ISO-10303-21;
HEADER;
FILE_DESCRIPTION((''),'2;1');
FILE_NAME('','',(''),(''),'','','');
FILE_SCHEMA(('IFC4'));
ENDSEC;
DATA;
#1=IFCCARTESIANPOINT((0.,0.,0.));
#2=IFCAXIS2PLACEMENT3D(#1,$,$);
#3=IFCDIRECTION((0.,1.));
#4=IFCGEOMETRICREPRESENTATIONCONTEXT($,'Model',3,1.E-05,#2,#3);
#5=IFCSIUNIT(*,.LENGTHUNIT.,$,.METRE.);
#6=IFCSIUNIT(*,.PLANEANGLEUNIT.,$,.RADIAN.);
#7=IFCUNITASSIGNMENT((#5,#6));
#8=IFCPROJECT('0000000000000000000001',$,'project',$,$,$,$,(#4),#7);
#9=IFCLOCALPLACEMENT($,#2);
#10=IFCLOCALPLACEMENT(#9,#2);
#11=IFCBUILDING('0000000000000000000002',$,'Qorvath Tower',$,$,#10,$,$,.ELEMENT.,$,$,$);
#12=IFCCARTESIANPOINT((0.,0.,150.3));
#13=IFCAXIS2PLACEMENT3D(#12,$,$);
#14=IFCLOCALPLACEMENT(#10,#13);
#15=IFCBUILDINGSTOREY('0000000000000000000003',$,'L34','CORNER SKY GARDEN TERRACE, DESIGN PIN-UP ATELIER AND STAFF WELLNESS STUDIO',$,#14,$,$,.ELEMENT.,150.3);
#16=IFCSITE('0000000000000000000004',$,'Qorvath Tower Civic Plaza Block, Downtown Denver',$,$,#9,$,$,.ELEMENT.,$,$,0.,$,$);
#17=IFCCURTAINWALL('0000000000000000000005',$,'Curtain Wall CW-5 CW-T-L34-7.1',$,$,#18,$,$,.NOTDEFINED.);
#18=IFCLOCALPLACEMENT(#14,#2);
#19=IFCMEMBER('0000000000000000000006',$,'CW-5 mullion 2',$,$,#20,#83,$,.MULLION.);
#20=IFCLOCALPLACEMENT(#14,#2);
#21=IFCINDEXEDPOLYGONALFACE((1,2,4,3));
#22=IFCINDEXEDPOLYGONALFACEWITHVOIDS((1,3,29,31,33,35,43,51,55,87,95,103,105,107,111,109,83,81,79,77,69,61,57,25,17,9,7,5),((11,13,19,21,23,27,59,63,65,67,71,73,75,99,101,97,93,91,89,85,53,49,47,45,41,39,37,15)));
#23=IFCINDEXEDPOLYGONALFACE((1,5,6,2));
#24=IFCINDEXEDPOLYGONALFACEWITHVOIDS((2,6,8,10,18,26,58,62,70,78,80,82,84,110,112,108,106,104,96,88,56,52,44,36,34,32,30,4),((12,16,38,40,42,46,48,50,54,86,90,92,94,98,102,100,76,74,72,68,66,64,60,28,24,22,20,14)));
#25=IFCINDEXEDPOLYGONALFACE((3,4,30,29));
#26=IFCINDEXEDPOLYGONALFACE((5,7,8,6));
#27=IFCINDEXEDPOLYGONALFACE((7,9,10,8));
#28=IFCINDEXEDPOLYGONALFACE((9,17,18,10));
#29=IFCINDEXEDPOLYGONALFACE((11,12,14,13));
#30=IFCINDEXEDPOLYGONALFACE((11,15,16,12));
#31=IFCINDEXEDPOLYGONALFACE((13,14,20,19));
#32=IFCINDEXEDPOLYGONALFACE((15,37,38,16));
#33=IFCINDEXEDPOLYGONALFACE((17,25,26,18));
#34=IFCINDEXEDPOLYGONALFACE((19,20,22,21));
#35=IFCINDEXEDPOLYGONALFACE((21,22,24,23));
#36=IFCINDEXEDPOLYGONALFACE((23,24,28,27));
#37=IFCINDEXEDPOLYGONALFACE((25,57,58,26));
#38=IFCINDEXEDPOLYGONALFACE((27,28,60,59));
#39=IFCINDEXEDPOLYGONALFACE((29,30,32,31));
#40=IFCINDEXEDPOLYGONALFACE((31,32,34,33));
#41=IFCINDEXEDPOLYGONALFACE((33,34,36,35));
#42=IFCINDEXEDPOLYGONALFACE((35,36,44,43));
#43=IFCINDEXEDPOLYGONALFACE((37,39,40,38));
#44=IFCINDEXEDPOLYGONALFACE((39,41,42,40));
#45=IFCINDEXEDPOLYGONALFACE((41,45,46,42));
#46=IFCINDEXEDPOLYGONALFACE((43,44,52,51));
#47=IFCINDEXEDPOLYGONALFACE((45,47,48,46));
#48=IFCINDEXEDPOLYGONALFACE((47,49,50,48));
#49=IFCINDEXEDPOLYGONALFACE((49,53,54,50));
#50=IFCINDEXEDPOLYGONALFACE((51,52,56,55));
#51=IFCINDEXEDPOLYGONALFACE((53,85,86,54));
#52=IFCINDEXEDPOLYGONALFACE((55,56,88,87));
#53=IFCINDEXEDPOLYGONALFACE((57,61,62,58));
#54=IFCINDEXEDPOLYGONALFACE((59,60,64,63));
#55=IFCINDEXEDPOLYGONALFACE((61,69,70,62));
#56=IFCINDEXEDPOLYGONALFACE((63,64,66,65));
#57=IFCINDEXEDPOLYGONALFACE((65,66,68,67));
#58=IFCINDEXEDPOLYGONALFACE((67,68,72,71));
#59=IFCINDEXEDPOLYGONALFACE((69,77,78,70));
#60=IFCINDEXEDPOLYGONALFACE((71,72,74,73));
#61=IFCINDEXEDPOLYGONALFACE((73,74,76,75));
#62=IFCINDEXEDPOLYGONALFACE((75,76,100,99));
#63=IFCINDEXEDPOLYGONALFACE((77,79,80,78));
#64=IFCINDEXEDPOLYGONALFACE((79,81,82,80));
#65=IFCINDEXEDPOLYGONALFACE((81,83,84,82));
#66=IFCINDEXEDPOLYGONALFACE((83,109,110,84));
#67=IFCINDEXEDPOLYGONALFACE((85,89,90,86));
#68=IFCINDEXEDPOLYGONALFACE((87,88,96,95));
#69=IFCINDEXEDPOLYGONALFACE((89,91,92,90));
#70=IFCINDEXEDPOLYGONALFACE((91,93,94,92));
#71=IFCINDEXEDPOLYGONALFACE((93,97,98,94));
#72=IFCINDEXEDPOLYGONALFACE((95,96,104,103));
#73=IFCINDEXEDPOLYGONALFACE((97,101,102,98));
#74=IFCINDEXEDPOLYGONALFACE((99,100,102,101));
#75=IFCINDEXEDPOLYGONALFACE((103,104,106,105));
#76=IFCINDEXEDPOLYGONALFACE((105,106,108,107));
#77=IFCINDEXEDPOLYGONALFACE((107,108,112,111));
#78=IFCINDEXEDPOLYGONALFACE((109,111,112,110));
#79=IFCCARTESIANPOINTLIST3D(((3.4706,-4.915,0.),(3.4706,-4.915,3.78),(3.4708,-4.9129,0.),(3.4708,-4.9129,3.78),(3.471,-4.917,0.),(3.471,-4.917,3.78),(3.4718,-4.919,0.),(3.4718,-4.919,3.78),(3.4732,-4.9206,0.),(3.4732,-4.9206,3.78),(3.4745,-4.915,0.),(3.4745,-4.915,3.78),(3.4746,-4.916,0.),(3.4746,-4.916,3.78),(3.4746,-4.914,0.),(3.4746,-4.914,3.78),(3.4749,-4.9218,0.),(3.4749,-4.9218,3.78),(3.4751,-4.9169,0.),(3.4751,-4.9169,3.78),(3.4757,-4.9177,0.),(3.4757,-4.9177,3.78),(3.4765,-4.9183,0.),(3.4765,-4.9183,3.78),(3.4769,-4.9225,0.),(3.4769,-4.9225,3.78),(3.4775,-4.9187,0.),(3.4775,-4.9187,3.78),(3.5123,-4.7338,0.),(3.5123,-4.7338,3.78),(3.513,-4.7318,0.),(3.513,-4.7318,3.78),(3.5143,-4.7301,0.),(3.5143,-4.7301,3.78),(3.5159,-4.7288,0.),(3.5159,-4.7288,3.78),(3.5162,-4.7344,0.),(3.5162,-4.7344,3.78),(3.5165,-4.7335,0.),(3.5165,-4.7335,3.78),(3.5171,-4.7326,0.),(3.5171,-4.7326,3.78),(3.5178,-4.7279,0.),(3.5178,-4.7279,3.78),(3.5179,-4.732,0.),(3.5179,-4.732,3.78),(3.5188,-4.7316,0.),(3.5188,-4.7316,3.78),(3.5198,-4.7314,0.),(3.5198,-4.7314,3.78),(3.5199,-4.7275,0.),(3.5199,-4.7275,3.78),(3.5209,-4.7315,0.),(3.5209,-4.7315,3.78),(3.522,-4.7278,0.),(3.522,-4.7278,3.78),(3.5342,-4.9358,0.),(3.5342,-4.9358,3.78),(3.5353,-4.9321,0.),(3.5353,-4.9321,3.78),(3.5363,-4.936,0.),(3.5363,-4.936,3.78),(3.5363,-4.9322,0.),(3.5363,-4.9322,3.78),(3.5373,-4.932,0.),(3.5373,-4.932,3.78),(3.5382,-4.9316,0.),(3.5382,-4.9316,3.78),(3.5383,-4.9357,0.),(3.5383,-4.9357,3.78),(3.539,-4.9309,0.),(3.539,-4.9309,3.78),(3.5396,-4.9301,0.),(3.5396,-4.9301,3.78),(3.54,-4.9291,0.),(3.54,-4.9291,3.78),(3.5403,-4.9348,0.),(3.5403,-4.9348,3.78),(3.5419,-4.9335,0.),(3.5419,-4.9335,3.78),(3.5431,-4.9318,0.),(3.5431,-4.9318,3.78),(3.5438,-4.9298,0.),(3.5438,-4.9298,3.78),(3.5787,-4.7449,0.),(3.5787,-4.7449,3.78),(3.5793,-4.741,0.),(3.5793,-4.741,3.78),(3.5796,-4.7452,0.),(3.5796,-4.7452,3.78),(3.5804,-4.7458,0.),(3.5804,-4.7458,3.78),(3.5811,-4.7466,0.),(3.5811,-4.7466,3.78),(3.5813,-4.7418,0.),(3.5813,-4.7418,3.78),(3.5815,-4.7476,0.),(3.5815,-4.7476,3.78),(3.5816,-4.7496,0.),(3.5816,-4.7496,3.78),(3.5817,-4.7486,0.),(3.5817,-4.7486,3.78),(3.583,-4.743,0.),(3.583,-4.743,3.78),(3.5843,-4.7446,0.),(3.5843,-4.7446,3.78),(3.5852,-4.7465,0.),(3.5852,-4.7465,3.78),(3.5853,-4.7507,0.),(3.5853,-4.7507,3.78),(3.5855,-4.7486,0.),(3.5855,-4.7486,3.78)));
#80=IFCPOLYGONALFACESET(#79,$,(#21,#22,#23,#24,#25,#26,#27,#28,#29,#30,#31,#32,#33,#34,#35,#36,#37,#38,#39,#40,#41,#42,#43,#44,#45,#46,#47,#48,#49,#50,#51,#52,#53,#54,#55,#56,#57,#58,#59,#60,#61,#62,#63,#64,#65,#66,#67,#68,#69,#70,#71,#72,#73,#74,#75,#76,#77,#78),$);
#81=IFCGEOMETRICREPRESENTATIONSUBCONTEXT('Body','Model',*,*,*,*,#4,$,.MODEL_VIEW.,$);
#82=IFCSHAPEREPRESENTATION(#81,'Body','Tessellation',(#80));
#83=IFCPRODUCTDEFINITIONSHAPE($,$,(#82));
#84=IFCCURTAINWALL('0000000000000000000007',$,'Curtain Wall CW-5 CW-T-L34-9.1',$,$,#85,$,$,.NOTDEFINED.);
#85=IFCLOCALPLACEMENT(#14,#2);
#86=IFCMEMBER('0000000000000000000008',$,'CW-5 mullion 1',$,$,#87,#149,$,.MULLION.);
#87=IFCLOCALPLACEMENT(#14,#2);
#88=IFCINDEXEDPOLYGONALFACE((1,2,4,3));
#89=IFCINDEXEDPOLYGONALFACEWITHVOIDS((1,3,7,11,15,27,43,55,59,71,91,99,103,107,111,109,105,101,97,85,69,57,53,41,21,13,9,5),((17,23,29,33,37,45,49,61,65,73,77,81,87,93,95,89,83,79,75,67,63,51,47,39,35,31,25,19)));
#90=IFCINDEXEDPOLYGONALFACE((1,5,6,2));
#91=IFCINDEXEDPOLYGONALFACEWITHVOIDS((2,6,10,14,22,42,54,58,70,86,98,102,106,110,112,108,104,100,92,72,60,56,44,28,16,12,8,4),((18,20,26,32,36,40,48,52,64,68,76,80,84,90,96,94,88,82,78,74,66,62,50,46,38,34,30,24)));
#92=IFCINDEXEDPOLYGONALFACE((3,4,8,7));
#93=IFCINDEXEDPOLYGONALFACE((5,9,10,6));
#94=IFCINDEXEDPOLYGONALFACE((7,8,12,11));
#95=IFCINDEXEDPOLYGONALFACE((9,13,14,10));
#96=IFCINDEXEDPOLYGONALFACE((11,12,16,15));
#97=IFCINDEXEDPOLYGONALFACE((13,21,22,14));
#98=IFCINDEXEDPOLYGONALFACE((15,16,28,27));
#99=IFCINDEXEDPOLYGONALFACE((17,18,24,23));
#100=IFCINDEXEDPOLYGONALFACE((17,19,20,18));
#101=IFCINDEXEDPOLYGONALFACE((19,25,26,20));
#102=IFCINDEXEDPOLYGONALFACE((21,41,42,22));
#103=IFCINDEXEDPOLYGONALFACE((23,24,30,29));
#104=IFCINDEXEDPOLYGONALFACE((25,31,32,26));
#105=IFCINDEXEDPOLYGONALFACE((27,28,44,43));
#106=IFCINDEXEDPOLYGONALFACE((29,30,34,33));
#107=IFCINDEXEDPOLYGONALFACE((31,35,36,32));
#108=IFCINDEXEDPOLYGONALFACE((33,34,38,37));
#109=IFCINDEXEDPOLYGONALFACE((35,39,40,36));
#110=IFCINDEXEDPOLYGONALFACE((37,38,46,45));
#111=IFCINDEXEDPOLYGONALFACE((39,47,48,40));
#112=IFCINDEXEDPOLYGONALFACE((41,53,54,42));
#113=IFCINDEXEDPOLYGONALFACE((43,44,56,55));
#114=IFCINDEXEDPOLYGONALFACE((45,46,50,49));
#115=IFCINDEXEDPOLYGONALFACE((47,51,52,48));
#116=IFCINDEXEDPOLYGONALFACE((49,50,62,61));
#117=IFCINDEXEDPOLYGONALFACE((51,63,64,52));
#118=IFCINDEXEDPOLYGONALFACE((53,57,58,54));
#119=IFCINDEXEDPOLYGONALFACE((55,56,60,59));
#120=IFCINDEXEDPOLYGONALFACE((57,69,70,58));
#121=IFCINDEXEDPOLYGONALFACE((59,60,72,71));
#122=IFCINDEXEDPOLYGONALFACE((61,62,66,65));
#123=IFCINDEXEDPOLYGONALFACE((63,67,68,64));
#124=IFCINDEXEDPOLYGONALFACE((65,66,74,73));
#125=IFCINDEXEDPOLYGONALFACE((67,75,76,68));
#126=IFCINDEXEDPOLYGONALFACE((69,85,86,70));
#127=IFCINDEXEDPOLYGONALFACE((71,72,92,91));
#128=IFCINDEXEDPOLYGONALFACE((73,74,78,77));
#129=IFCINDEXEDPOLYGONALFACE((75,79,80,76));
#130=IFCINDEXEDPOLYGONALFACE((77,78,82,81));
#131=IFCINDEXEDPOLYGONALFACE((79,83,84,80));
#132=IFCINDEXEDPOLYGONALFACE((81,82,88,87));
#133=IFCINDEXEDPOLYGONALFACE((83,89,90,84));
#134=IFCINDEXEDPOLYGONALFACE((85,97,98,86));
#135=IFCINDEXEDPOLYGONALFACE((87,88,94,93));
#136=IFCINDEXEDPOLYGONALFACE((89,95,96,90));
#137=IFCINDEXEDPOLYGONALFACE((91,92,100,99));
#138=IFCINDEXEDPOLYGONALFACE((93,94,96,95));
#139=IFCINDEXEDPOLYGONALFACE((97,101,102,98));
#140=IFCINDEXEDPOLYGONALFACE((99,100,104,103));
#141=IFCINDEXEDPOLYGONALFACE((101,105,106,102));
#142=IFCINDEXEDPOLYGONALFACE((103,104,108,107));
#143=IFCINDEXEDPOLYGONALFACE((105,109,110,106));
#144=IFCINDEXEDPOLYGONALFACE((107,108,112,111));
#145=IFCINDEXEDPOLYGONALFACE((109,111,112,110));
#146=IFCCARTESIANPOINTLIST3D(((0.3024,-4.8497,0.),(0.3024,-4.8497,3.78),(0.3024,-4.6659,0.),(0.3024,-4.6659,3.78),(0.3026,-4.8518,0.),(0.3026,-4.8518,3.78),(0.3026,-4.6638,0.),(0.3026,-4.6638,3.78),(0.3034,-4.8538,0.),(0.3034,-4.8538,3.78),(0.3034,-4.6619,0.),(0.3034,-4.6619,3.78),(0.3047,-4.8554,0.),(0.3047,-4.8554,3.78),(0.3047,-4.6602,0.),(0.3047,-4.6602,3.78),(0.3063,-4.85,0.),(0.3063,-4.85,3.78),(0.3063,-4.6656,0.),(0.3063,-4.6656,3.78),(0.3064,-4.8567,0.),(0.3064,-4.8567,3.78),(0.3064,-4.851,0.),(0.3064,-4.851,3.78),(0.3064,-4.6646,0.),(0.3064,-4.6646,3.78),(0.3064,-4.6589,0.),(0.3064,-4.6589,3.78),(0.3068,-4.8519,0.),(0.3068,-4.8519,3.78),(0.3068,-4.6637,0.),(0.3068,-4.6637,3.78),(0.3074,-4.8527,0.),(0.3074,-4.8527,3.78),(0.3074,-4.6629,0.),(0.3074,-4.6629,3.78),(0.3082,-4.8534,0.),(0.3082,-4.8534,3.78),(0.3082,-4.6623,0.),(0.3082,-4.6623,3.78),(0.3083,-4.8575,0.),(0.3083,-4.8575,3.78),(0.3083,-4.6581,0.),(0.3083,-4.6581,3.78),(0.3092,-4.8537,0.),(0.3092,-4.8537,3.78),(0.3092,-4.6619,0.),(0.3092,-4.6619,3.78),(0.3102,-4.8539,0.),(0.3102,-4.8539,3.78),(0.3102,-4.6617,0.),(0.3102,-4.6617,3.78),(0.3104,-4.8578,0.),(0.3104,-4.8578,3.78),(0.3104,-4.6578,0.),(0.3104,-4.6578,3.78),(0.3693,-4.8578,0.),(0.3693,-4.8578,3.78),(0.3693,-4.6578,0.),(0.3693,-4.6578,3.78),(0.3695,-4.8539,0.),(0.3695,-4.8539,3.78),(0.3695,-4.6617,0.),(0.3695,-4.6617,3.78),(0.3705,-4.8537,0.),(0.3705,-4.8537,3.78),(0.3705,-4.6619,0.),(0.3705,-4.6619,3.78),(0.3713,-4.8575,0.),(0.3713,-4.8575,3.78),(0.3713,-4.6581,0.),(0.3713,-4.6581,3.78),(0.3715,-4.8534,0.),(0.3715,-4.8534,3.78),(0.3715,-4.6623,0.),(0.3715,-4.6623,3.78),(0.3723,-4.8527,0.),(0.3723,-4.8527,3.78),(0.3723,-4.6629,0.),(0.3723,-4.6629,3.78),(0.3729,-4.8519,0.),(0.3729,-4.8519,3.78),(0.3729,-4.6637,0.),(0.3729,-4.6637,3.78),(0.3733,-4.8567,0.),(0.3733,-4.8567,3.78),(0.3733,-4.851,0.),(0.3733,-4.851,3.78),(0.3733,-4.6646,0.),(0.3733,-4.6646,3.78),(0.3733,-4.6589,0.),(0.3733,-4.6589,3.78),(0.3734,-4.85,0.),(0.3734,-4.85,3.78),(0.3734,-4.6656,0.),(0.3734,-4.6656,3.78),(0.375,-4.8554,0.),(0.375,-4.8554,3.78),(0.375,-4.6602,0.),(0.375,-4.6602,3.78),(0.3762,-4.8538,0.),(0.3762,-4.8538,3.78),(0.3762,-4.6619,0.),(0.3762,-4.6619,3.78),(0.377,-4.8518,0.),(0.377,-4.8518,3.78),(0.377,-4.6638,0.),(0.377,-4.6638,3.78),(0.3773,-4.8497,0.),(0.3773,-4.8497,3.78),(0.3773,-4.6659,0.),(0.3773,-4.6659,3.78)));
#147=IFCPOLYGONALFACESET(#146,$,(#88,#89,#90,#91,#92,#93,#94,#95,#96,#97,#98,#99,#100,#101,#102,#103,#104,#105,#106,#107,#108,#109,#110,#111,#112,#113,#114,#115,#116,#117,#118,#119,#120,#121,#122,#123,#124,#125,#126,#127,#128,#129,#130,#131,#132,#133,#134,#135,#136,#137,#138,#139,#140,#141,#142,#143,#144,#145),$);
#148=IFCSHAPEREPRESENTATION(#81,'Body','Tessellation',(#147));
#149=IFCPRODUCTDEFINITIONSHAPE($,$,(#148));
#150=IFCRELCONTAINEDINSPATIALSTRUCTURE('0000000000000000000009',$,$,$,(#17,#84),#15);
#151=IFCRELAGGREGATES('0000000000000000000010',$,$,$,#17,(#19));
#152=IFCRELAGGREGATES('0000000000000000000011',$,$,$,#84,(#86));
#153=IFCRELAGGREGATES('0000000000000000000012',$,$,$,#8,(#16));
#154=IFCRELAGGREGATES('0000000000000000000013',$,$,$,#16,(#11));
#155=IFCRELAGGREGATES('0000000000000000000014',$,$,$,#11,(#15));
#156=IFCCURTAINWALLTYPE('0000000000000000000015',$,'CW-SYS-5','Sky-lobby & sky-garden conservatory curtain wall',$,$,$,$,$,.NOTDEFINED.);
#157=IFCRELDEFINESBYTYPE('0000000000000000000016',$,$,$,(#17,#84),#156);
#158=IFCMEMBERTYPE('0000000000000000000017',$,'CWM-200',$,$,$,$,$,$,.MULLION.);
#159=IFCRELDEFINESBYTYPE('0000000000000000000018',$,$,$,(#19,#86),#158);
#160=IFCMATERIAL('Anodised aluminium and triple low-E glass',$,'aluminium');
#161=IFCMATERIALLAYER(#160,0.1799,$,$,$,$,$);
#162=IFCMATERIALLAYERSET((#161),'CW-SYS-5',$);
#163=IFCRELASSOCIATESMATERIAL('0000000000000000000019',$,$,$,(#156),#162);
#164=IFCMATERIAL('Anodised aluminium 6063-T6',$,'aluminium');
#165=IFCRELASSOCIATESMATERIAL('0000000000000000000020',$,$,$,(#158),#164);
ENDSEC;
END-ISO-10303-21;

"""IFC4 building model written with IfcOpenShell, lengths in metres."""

from ifc_helpers import new_model, si_unit, direction, frame, origin, origin_2d, place, context, subcontext, project, spatial, hollow_rectangle, extrude, material, layer, layer_set, material_profile, profile_set, type_object, element, aggregate, save


model = new_model("IFC4")

# Units and contexts
model_context = context("Model", 3, precision=1e-05, world=origin(), true_north=direction((0.0, 1.0)))
body_context = subcontext(model_context, "Body", "Model", "MODEL_VIEW")
ifc_project = project(units=[si_unit("LENGTHUNIT", "METRE"), si_unit("PLANEANGLEUNIT", "RADIAN")], contexts=[model_context])

# Site, building, storey
site_placement = place(None, origin())
site = spatial("IfcSite", under=ifc_project, at=site_placement, Name="Qorvath Tower Civic Plaza Block, Downtown Denver", CompositionType="ELEMENT", RefElevation=0.0)
building_placement = place(site_placement, origin())
building = spatial("IfcBuilding", under=site, at=building_placement, Name="Qorvath Tower", CompositionType="ELEMENT")
storey_placement = place(building_placement, frame((0.0, 0.0, 150.3)))
storey = spatial("IfcBuildingStorey", under=building, at=storey_placement, Name="L34", Description="CORNER SKY GARDEN TERRACE, DESIGN PIN-UP ATELIER AND STAFF WELLNESS STUDIO", CompositionType="ELEMENT", Elevation=150.3)

# Curtain wall, member
ifc_material_1 = material(Name="Anodised aluminium and triple low-E glass", Category="aluminium")
ifc_layer_1 = layer(ifc_material_1, 0.1799)
ifc_layer_set_1 = layer_set([ifc_layer_1], Name="CW-SYS-5")
curtain_wall_type = type_object("IfcCurtainWallType", Name="CW-SYS-5", Description="Sky-lobby & sky-garden conservatory curtain wall", PredefinedType="NOTDEFINED", material=ifc_layer_set_1)
curtain_wall_1_placement = place(storey_placement, origin())
curtain_wall_1 = element("IfcCurtainWall", 1, at=curtain_wall_1_placement, inside=storey, type_object=curtain_wall_type, Name="Curtain Wall CW-5 CW-T-L34-7.1", PredefinedType="NOTDEFINED")
ifc_material_2 = material(Name="Anodised aluminium 6063-T6", Category="aluminium")
ifc_material_profile_1 = material_profile(ifc_material_2, hollow_rectangle(XDim=0.075, YDim=0.2, WallThickness=0.0039, InnerFilletRadius=0.0039, OuterFilletRadius=0.0081, at=origin_2d()), Name="CWM 200x75")
ifc_profile_set_1 = profile_set([ifc_material_profile_1], Name="Anodised aluminium 6063-T6")
member_type_1 = type_object("IfcMemberType", Name="CWM-200", PredefinedType="MULLION", material=ifc_profile_set_1)
member_1_placement = place(storey_placement, frame((3.5281, -4.8318, 0.0), z_axis=(0.0, 0.0, 1.0), x_axis=(-0.974213, 0.225631, 0.0)))
member_1 = element("IfcMember", 2, at=member_1_placement, type_object=member_type_1, Name="CW-5 mullion 2", PredefinedType="MULLION", context=body_context, shape_type="SweptSolid", body=[
    extrude(hollow_rectangle(XDim=0.075, YDim=0.2, WallThickness=0.0039, InnerFilletRadius=0.0039, OuterFilletRadius=0.0081, at=origin_2d()), origin(), (0.0, 0.0, 1.0), 3.78),
])
aggregate(curtain_wall_1, [member_1])

# Curtain wall, member
curtain_wall_2_placement = place(storey_placement, origin())
curtain_wall_2 = element("IfcCurtainWall", 3, at=curtain_wall_2_placement, inside=storey, type_object=curtain_wall_type, Name="Curtain Wall CW-5 CW-T-L34-9.1", PredefinedType="NOTDEFINED")
member_2_placement = place(storey_placement, frame((0.3398, -4.7578, 0.0), z_axis=(0.0, 0.0, 1.0), x_axis=(-1.0, 0.0, 0.0)))
member_2 = element("IfcMember", 4, at=member_2_placement, type_object=member_type_1, Name="CW-5 mullion 1", PredefinedType="MULLION", context=body_context, shape_type="SweptSolid", body=[
    extrude(hollow_rectangle(XDim=0.075, YDim=0.2, WallThickness=0.0039, InnerFilletRadius=0.0039, OuterFilletRadius=0.0081, at=origin_2d()), origin(), (0.0, 0.0, 1.0), 3.78),
])
aggregate(curtain_wall_2, [member_2])

save(model, "model.ifc")
